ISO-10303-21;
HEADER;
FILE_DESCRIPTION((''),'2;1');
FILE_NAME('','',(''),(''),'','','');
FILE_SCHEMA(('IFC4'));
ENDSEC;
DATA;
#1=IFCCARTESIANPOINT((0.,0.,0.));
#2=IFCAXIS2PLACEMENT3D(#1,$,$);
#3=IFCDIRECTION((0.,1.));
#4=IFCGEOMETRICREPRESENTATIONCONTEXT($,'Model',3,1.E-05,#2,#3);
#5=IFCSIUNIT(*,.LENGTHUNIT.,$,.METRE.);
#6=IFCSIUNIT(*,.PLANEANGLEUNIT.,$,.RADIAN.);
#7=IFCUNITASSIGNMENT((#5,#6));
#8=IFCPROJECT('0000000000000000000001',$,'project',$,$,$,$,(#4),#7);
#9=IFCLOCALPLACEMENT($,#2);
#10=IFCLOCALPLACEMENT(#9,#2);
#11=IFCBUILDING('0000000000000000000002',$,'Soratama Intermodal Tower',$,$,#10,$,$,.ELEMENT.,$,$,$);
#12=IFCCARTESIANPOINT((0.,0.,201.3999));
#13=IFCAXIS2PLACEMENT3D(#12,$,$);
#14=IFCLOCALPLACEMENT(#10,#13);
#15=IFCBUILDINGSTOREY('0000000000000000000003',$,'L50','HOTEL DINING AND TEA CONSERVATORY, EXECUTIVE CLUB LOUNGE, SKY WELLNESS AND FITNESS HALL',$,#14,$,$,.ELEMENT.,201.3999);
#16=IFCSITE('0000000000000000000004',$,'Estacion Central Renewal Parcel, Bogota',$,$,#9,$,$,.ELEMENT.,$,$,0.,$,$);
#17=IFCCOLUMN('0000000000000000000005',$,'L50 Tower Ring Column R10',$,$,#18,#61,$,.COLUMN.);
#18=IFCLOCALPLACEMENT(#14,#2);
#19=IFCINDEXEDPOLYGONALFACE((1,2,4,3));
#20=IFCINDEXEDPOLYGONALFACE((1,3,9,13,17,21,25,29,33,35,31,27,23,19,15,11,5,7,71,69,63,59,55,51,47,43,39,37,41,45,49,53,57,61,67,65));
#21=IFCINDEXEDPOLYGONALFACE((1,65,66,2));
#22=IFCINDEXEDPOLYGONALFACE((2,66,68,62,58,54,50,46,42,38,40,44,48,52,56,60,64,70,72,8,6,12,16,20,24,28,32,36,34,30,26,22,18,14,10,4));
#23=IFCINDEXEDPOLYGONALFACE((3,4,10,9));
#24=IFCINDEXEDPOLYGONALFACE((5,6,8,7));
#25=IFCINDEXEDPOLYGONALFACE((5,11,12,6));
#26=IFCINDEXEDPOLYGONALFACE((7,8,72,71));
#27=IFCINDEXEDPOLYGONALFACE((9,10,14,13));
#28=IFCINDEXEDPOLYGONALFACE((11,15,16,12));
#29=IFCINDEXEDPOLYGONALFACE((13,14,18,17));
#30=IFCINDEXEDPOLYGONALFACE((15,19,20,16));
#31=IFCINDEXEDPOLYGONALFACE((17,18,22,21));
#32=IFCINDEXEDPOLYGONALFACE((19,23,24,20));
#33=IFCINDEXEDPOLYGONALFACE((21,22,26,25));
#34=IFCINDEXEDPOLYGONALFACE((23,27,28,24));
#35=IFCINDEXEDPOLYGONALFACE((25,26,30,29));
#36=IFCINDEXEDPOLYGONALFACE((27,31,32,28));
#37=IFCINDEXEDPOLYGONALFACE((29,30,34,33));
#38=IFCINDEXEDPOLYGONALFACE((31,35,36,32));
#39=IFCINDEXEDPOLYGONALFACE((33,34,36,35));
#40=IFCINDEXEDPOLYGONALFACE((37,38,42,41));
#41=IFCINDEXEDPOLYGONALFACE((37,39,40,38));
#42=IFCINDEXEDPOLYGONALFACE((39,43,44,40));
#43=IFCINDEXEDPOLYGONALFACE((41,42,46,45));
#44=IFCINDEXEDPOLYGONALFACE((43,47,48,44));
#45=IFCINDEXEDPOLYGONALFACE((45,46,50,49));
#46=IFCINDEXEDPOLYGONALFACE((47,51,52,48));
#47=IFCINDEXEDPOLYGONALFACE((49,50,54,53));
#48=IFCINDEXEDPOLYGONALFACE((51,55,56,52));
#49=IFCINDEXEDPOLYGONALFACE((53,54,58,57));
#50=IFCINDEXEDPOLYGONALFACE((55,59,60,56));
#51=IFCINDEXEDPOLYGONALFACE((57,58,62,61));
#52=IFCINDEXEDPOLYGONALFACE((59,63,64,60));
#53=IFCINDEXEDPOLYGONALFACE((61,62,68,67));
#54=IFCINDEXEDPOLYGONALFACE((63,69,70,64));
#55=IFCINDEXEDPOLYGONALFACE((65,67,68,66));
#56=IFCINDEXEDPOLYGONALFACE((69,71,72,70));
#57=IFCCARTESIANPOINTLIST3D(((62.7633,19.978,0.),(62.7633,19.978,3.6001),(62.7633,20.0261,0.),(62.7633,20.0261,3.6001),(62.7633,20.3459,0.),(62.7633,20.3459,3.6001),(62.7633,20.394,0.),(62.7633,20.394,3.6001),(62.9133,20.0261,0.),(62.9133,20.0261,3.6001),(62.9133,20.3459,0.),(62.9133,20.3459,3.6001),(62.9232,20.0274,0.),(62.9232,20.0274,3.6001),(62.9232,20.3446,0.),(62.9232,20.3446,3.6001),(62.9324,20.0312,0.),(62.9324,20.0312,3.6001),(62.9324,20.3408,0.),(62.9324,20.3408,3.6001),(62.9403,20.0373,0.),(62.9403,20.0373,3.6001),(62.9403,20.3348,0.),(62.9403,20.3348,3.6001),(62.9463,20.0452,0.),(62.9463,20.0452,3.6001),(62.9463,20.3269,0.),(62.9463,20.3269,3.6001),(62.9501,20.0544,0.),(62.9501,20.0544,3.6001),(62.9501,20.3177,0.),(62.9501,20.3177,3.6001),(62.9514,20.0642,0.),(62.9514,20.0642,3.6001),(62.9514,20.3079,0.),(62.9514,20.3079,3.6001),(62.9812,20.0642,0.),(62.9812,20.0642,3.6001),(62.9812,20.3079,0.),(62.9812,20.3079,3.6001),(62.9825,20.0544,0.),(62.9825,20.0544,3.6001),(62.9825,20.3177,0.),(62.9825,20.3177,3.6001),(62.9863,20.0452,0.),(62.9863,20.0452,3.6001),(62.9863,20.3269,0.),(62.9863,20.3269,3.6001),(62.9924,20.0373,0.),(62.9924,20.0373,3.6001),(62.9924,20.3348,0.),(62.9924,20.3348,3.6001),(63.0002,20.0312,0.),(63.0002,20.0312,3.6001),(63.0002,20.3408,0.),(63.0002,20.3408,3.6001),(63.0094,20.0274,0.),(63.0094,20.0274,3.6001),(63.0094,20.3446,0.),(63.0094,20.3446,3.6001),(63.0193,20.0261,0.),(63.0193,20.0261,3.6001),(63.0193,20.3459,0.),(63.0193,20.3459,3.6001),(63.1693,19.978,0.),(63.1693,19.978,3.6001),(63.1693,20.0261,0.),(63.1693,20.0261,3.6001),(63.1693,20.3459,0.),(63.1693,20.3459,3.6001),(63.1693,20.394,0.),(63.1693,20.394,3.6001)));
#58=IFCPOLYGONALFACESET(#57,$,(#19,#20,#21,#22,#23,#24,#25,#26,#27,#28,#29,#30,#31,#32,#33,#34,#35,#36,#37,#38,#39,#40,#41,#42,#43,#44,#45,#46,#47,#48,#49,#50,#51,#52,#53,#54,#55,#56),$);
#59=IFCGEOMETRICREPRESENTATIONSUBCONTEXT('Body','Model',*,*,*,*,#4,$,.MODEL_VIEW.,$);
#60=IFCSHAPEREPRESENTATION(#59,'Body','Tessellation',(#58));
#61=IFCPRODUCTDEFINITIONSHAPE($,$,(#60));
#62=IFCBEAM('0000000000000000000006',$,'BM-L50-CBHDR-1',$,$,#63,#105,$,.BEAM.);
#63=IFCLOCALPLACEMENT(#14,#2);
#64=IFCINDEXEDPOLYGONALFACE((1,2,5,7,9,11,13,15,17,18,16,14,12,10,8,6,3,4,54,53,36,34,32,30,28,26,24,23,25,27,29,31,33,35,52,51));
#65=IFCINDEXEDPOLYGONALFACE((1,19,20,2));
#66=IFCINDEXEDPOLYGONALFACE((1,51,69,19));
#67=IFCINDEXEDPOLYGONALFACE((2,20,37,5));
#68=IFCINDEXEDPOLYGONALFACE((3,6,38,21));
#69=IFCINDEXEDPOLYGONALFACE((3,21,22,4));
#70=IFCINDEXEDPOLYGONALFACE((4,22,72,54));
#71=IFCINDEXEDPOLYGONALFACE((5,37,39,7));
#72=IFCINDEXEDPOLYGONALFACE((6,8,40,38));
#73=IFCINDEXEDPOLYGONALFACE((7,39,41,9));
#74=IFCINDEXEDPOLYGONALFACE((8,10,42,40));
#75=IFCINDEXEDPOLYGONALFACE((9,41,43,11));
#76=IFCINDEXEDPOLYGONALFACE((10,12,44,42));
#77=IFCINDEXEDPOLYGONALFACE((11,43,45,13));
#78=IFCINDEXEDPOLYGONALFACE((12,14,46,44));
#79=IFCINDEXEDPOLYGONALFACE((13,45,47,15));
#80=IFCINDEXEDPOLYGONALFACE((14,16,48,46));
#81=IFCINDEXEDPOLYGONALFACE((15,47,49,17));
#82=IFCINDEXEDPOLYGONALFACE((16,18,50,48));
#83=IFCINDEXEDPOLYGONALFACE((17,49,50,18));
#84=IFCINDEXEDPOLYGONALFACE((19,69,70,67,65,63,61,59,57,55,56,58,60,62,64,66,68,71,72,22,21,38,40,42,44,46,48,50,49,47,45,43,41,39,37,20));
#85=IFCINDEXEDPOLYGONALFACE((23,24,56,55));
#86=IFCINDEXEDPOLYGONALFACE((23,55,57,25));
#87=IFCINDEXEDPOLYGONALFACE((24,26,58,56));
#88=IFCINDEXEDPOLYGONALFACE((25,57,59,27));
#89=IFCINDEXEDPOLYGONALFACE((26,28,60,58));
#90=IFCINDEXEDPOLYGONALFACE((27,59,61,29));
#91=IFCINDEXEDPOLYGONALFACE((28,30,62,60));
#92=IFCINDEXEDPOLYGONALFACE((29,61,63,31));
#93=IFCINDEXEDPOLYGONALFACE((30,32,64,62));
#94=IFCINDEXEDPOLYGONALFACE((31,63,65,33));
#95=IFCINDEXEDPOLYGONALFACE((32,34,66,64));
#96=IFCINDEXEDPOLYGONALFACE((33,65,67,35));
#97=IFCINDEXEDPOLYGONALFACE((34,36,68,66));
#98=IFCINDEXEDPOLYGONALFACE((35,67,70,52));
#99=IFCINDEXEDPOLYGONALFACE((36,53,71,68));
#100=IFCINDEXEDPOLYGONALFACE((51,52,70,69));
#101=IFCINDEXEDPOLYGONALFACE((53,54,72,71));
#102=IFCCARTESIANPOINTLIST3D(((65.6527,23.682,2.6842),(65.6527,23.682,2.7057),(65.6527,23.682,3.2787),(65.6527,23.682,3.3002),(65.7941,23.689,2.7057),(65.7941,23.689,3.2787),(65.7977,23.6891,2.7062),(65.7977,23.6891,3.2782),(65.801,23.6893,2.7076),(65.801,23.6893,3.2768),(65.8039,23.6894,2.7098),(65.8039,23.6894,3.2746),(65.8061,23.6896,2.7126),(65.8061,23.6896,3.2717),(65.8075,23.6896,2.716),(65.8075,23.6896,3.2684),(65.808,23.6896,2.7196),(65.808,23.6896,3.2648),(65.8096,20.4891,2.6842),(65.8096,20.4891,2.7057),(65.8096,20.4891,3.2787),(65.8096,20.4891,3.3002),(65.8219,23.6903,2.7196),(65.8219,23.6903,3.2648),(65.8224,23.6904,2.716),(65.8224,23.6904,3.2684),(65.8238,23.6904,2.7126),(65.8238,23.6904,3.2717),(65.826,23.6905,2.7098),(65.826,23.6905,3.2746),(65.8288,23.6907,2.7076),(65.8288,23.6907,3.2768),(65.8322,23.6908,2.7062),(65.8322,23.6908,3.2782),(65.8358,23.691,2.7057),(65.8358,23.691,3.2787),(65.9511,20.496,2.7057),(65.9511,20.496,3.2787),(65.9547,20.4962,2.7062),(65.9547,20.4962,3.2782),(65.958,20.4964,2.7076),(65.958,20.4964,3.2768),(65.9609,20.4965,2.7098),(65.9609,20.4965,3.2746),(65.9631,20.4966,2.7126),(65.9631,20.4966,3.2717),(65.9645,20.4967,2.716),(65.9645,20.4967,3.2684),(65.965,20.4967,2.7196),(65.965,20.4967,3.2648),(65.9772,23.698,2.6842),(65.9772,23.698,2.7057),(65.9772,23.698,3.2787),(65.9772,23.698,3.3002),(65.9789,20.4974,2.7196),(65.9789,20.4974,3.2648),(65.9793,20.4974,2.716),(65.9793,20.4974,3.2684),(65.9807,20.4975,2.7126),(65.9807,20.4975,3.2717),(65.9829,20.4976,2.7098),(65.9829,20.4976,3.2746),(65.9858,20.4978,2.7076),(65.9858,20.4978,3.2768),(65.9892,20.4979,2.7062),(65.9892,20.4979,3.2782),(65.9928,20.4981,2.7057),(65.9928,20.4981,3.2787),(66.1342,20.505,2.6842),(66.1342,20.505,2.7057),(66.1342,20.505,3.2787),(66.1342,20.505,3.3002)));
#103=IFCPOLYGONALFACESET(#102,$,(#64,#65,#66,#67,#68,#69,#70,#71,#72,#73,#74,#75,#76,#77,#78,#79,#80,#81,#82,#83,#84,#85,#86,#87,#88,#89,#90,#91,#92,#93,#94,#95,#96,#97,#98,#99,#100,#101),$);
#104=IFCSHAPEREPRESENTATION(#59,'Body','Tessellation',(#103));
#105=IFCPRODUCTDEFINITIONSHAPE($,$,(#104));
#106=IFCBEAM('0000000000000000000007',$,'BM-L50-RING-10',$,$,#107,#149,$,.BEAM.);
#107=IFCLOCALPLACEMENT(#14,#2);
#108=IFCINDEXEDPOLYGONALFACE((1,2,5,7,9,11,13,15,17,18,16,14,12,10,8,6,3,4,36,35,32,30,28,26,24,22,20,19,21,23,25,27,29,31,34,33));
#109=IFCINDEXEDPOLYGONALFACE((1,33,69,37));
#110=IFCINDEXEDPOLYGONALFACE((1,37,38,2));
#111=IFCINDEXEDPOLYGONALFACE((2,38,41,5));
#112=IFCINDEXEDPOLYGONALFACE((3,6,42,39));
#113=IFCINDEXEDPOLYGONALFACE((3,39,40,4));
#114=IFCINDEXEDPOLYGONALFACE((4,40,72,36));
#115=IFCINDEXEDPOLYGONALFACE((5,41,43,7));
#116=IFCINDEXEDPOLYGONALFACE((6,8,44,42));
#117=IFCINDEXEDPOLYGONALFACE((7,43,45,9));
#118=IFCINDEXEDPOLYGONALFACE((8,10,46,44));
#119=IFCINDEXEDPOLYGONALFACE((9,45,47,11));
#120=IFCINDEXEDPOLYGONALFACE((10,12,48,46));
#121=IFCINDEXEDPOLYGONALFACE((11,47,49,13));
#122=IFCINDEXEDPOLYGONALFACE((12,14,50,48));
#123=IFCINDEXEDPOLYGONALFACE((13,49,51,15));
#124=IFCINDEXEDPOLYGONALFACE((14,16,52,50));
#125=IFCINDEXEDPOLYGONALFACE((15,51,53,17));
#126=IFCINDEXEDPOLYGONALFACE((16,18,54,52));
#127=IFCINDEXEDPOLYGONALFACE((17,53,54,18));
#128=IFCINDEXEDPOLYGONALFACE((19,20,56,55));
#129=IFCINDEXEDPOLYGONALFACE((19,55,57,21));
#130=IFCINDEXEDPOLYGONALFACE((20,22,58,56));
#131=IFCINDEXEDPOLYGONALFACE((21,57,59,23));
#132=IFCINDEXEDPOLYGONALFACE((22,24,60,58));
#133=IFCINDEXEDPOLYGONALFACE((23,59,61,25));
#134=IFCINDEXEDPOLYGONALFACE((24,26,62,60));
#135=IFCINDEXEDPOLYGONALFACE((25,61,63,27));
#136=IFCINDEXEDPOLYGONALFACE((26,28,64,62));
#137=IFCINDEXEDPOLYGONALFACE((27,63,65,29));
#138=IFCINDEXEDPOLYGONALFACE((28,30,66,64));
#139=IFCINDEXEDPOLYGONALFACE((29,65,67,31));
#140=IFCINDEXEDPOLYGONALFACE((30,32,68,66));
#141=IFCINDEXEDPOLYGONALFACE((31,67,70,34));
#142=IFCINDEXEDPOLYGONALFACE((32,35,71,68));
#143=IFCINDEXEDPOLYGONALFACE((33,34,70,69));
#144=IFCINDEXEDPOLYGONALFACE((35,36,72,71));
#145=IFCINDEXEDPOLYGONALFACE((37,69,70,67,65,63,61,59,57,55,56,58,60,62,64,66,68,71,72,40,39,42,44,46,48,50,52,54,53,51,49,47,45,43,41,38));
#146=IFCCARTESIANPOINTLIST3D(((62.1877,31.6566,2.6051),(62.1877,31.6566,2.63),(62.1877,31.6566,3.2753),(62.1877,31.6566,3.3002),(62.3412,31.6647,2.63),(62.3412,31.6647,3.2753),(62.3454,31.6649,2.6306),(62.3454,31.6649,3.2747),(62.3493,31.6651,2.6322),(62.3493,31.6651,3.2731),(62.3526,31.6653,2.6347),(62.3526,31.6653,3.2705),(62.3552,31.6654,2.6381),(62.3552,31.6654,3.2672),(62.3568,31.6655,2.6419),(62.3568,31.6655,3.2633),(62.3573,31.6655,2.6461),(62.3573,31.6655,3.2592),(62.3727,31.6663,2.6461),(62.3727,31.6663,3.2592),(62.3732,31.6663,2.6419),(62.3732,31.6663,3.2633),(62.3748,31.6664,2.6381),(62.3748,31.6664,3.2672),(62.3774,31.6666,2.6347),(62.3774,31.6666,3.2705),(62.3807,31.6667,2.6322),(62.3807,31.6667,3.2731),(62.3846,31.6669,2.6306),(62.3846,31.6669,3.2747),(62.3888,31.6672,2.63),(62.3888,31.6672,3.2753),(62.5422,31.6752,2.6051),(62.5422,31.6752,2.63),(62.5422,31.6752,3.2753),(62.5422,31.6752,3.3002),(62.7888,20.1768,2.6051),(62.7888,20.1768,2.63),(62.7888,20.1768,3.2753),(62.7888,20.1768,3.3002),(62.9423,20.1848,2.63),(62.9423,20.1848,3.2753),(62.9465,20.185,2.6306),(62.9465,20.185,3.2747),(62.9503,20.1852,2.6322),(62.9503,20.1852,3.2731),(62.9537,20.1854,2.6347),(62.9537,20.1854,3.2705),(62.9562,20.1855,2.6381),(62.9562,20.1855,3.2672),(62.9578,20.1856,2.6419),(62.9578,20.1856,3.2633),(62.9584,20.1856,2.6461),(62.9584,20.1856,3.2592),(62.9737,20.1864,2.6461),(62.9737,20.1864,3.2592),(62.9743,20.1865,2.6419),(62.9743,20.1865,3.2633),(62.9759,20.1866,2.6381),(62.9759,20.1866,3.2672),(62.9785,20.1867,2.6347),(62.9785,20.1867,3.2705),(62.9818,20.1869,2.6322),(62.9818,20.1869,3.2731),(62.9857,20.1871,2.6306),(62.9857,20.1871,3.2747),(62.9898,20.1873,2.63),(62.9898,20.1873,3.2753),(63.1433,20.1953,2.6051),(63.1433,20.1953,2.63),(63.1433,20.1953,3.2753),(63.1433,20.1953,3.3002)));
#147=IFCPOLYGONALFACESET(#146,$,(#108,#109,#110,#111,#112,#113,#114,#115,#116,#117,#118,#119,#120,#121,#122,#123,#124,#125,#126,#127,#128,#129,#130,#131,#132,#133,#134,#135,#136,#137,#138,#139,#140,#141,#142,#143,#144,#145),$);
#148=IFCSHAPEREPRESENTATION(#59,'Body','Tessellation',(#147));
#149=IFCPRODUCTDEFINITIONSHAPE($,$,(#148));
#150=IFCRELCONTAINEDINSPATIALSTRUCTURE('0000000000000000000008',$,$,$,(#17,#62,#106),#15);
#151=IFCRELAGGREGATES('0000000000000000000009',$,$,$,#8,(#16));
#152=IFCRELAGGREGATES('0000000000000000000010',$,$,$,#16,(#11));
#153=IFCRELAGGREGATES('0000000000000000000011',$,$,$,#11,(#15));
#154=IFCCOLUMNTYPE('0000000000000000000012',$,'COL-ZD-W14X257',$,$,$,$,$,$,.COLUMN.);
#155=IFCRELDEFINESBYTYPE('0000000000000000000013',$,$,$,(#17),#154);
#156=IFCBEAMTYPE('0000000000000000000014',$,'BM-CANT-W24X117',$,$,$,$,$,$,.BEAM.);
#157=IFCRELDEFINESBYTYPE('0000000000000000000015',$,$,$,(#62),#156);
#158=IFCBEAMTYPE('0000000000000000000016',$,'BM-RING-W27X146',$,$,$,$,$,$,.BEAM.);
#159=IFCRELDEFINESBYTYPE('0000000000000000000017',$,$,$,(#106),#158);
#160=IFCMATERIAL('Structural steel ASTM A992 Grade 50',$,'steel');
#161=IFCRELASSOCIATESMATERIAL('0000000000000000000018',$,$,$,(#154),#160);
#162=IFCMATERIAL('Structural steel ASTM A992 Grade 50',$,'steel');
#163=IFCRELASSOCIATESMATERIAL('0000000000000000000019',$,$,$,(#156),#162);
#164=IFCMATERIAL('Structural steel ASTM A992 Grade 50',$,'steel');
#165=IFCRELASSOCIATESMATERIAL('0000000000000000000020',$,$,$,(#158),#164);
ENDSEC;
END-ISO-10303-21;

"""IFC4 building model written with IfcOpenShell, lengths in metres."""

from ifc_helpers import new_model, si_unit, direction, frame, origin, origin_2d, place, context, subcontext, project, spatial, i_section, extrude, material, material_profile, profile_set, type_object, element, save


model = new_model("IFC4")

# Units and contexts
model_context = context("Model", 3, precision=1e-05, world=origin(), true_north=direction((0.0, 1.0)))
body_context = subcontext(model_context, "Body", "Model", "MODEL_VIEW")
ifc_project = project(units=[si_unit("LENGTHUNIT", "METRE"), si_unit("PLANEANGLEUNIT", "RADIAN")], contexts=[model_context])

# Site, building, storey
site_placement = place(None, origin())
site = spatial("IfcSite", under=ifc_project, at=site_placement, Name="Estacion Central Renewal Parcel, Bogota", CompositionType="ELEMENT", RefElevation=0.0)
building_placement = place(site_placement, origin())
building = spatial("IfcBuilding", under=site, at=building_placement, Name="Soratama Intermodal Tower", CompositionType="ELEMENT")
storey_placement = place(building_placement, frame((0.0, 0.0, 201.3999)))
storey = spatial("IfcBuildingStorey", under=building, at=storey_placement, Name="L50", Description="HOTEL DINING AND TEA CONSERVATORY, EXECUTIVE CLUB LOUNGE, SKY WELLNESS AND FITNESS HALL", CompositionType="ELEMENT", Elevation=201.3999)

# Column
ifc_material_1 = material(Name="Structural steel ASTM A992 Grade 50", Category="steel")
ifc_material_profile_1 = material_profile(ifc_material_1, i_section(OverallWidth=0.406, OverallDepth=0.416, WebThickness=0.0298, FlangeThickness=0.0481, FilletRadius=0.0381, at=origin_2d()), Name="W14X257")
ifc_profile_set_1 = profile_set([ifc_material_profile_1], Name="Structural steel ASTM A992 Grade 50")
column_type = type_object("IfcColumnType", Name="COL-ZD-W14X257", PredefinedType="COLUMN", material=ifc_profile_set_1)
column_placement = place(storey_placement, frame((62.9663, 20.186, 0.0), z_axis=(0.0, 0.0, 1.0), x_axis=(1.0, 0.0, 0.0)))
element("IfcColumn", 1, at=column_placement, inside=storey, type_object=column_type, Name="L50 Tower Ring Column R10", PredefinedType="COLUMN", context=body_context, shape_type="SweptSolid", body=[
    extrude(i_section(OverallWidth=0.406, OverallDepth=0.416, WebThickness=0.0298, FlangeThickness=0.0481, FilletRadius=0.0381, at=origin_2d()), origin(), (0.0, 0.0, 1.0), 3.6001),
])

# Beams
ifc_material_2 = material(Name="Structural steel ASTM A992 Grade 50", Category="steel")
ifc_material_profile_2 = material_profile(ifc_material_2, i_section(OverallWidth=0.325, OverallDepth=0.616, WebThickness=0.0139, FlangeThickness=0.0215, FilletRadius=0.0139, at=origin_2d()), Name="W24X117")
ifc_profile_set_2 = profile_set([ifc_material_profile_2], Name="Structural steel ASTM A992 Grade 50")
beam_type_1 = type_object("IfcBeamType", Name="BM-CANT-W24X117", PredefinedType="BEAM", material=ifc_profile_set_2)
beam_1_placement = place(storey_placement, frame((65.9719, 20.4971, 2.9922), z_axis=(-0.049107, 0.998794, 0.0), x_axis=(-0.998794, -0.049107, 0.0)))
element("IfcBeam", 2, at=beam_1_placement, inside=storey, type_object=beam_type_1, Name="BM-L50-CBHDR-1", PredefinedType="BEAM", context=body_context, shape_type="SweptSolid", body=[
    extrude(i_section(OverallWidth=0.325, OverallDepth=0.616, WebThickness=0.0139, FlangeThickness=0.0215, FilletRadius=0.0139, at=origin_2d()), origin(), (0.0, 0.0, 1.0), 3.1968),
])
ifc_material_3 = material(Name="Structural steel ASTM A992 Grade 50", Category="steel")
ifc_material_profile_3 = material_profile(ifc_material_3, i_section(OverallWidth=0.355, OverallDepth=0.6951, WebThickness=0.0154, FlangeThickness=0.0249, FilletRadius=0.0161, at=origin_2d()), Name="W27X146")
ifc_profile_set_3 = profile_set([ifc_material_profile_3], Name="Structural steel ASTM A992 Grade 50")
beam_type_2 = type_object("IfcBeamType", Name="BM-RING-W27X146", PredefinedType="BEAM", material=ifc_profile_set_3)
beam_2_placement = place(storey_placement, frame((62.9661, 20.186, 2.9526), z_axis=(-0.052287, 0.998632, 0.0), x_axis=(-0.998632, -0.052287, 0.0)))
element("IfcBeam", 3, at=beam_2_placement, inside=storey, type_object=beam_type_2, Name="BM-L50-RING-10", PredefinedType="BEAM", context=body_context, shape_type="SweptSolid", body=[
    extrude(i_section(OverallWidth=0.355, OverallDepth=0.6951, WebThickness=0.0154, FlangeThickness=0.0249, FilletRadius=0.0161, at=origin_2d()), origin(), (0.0, 0.0, 1.0), 11.4956),
])

save(model, "model.ifc")
